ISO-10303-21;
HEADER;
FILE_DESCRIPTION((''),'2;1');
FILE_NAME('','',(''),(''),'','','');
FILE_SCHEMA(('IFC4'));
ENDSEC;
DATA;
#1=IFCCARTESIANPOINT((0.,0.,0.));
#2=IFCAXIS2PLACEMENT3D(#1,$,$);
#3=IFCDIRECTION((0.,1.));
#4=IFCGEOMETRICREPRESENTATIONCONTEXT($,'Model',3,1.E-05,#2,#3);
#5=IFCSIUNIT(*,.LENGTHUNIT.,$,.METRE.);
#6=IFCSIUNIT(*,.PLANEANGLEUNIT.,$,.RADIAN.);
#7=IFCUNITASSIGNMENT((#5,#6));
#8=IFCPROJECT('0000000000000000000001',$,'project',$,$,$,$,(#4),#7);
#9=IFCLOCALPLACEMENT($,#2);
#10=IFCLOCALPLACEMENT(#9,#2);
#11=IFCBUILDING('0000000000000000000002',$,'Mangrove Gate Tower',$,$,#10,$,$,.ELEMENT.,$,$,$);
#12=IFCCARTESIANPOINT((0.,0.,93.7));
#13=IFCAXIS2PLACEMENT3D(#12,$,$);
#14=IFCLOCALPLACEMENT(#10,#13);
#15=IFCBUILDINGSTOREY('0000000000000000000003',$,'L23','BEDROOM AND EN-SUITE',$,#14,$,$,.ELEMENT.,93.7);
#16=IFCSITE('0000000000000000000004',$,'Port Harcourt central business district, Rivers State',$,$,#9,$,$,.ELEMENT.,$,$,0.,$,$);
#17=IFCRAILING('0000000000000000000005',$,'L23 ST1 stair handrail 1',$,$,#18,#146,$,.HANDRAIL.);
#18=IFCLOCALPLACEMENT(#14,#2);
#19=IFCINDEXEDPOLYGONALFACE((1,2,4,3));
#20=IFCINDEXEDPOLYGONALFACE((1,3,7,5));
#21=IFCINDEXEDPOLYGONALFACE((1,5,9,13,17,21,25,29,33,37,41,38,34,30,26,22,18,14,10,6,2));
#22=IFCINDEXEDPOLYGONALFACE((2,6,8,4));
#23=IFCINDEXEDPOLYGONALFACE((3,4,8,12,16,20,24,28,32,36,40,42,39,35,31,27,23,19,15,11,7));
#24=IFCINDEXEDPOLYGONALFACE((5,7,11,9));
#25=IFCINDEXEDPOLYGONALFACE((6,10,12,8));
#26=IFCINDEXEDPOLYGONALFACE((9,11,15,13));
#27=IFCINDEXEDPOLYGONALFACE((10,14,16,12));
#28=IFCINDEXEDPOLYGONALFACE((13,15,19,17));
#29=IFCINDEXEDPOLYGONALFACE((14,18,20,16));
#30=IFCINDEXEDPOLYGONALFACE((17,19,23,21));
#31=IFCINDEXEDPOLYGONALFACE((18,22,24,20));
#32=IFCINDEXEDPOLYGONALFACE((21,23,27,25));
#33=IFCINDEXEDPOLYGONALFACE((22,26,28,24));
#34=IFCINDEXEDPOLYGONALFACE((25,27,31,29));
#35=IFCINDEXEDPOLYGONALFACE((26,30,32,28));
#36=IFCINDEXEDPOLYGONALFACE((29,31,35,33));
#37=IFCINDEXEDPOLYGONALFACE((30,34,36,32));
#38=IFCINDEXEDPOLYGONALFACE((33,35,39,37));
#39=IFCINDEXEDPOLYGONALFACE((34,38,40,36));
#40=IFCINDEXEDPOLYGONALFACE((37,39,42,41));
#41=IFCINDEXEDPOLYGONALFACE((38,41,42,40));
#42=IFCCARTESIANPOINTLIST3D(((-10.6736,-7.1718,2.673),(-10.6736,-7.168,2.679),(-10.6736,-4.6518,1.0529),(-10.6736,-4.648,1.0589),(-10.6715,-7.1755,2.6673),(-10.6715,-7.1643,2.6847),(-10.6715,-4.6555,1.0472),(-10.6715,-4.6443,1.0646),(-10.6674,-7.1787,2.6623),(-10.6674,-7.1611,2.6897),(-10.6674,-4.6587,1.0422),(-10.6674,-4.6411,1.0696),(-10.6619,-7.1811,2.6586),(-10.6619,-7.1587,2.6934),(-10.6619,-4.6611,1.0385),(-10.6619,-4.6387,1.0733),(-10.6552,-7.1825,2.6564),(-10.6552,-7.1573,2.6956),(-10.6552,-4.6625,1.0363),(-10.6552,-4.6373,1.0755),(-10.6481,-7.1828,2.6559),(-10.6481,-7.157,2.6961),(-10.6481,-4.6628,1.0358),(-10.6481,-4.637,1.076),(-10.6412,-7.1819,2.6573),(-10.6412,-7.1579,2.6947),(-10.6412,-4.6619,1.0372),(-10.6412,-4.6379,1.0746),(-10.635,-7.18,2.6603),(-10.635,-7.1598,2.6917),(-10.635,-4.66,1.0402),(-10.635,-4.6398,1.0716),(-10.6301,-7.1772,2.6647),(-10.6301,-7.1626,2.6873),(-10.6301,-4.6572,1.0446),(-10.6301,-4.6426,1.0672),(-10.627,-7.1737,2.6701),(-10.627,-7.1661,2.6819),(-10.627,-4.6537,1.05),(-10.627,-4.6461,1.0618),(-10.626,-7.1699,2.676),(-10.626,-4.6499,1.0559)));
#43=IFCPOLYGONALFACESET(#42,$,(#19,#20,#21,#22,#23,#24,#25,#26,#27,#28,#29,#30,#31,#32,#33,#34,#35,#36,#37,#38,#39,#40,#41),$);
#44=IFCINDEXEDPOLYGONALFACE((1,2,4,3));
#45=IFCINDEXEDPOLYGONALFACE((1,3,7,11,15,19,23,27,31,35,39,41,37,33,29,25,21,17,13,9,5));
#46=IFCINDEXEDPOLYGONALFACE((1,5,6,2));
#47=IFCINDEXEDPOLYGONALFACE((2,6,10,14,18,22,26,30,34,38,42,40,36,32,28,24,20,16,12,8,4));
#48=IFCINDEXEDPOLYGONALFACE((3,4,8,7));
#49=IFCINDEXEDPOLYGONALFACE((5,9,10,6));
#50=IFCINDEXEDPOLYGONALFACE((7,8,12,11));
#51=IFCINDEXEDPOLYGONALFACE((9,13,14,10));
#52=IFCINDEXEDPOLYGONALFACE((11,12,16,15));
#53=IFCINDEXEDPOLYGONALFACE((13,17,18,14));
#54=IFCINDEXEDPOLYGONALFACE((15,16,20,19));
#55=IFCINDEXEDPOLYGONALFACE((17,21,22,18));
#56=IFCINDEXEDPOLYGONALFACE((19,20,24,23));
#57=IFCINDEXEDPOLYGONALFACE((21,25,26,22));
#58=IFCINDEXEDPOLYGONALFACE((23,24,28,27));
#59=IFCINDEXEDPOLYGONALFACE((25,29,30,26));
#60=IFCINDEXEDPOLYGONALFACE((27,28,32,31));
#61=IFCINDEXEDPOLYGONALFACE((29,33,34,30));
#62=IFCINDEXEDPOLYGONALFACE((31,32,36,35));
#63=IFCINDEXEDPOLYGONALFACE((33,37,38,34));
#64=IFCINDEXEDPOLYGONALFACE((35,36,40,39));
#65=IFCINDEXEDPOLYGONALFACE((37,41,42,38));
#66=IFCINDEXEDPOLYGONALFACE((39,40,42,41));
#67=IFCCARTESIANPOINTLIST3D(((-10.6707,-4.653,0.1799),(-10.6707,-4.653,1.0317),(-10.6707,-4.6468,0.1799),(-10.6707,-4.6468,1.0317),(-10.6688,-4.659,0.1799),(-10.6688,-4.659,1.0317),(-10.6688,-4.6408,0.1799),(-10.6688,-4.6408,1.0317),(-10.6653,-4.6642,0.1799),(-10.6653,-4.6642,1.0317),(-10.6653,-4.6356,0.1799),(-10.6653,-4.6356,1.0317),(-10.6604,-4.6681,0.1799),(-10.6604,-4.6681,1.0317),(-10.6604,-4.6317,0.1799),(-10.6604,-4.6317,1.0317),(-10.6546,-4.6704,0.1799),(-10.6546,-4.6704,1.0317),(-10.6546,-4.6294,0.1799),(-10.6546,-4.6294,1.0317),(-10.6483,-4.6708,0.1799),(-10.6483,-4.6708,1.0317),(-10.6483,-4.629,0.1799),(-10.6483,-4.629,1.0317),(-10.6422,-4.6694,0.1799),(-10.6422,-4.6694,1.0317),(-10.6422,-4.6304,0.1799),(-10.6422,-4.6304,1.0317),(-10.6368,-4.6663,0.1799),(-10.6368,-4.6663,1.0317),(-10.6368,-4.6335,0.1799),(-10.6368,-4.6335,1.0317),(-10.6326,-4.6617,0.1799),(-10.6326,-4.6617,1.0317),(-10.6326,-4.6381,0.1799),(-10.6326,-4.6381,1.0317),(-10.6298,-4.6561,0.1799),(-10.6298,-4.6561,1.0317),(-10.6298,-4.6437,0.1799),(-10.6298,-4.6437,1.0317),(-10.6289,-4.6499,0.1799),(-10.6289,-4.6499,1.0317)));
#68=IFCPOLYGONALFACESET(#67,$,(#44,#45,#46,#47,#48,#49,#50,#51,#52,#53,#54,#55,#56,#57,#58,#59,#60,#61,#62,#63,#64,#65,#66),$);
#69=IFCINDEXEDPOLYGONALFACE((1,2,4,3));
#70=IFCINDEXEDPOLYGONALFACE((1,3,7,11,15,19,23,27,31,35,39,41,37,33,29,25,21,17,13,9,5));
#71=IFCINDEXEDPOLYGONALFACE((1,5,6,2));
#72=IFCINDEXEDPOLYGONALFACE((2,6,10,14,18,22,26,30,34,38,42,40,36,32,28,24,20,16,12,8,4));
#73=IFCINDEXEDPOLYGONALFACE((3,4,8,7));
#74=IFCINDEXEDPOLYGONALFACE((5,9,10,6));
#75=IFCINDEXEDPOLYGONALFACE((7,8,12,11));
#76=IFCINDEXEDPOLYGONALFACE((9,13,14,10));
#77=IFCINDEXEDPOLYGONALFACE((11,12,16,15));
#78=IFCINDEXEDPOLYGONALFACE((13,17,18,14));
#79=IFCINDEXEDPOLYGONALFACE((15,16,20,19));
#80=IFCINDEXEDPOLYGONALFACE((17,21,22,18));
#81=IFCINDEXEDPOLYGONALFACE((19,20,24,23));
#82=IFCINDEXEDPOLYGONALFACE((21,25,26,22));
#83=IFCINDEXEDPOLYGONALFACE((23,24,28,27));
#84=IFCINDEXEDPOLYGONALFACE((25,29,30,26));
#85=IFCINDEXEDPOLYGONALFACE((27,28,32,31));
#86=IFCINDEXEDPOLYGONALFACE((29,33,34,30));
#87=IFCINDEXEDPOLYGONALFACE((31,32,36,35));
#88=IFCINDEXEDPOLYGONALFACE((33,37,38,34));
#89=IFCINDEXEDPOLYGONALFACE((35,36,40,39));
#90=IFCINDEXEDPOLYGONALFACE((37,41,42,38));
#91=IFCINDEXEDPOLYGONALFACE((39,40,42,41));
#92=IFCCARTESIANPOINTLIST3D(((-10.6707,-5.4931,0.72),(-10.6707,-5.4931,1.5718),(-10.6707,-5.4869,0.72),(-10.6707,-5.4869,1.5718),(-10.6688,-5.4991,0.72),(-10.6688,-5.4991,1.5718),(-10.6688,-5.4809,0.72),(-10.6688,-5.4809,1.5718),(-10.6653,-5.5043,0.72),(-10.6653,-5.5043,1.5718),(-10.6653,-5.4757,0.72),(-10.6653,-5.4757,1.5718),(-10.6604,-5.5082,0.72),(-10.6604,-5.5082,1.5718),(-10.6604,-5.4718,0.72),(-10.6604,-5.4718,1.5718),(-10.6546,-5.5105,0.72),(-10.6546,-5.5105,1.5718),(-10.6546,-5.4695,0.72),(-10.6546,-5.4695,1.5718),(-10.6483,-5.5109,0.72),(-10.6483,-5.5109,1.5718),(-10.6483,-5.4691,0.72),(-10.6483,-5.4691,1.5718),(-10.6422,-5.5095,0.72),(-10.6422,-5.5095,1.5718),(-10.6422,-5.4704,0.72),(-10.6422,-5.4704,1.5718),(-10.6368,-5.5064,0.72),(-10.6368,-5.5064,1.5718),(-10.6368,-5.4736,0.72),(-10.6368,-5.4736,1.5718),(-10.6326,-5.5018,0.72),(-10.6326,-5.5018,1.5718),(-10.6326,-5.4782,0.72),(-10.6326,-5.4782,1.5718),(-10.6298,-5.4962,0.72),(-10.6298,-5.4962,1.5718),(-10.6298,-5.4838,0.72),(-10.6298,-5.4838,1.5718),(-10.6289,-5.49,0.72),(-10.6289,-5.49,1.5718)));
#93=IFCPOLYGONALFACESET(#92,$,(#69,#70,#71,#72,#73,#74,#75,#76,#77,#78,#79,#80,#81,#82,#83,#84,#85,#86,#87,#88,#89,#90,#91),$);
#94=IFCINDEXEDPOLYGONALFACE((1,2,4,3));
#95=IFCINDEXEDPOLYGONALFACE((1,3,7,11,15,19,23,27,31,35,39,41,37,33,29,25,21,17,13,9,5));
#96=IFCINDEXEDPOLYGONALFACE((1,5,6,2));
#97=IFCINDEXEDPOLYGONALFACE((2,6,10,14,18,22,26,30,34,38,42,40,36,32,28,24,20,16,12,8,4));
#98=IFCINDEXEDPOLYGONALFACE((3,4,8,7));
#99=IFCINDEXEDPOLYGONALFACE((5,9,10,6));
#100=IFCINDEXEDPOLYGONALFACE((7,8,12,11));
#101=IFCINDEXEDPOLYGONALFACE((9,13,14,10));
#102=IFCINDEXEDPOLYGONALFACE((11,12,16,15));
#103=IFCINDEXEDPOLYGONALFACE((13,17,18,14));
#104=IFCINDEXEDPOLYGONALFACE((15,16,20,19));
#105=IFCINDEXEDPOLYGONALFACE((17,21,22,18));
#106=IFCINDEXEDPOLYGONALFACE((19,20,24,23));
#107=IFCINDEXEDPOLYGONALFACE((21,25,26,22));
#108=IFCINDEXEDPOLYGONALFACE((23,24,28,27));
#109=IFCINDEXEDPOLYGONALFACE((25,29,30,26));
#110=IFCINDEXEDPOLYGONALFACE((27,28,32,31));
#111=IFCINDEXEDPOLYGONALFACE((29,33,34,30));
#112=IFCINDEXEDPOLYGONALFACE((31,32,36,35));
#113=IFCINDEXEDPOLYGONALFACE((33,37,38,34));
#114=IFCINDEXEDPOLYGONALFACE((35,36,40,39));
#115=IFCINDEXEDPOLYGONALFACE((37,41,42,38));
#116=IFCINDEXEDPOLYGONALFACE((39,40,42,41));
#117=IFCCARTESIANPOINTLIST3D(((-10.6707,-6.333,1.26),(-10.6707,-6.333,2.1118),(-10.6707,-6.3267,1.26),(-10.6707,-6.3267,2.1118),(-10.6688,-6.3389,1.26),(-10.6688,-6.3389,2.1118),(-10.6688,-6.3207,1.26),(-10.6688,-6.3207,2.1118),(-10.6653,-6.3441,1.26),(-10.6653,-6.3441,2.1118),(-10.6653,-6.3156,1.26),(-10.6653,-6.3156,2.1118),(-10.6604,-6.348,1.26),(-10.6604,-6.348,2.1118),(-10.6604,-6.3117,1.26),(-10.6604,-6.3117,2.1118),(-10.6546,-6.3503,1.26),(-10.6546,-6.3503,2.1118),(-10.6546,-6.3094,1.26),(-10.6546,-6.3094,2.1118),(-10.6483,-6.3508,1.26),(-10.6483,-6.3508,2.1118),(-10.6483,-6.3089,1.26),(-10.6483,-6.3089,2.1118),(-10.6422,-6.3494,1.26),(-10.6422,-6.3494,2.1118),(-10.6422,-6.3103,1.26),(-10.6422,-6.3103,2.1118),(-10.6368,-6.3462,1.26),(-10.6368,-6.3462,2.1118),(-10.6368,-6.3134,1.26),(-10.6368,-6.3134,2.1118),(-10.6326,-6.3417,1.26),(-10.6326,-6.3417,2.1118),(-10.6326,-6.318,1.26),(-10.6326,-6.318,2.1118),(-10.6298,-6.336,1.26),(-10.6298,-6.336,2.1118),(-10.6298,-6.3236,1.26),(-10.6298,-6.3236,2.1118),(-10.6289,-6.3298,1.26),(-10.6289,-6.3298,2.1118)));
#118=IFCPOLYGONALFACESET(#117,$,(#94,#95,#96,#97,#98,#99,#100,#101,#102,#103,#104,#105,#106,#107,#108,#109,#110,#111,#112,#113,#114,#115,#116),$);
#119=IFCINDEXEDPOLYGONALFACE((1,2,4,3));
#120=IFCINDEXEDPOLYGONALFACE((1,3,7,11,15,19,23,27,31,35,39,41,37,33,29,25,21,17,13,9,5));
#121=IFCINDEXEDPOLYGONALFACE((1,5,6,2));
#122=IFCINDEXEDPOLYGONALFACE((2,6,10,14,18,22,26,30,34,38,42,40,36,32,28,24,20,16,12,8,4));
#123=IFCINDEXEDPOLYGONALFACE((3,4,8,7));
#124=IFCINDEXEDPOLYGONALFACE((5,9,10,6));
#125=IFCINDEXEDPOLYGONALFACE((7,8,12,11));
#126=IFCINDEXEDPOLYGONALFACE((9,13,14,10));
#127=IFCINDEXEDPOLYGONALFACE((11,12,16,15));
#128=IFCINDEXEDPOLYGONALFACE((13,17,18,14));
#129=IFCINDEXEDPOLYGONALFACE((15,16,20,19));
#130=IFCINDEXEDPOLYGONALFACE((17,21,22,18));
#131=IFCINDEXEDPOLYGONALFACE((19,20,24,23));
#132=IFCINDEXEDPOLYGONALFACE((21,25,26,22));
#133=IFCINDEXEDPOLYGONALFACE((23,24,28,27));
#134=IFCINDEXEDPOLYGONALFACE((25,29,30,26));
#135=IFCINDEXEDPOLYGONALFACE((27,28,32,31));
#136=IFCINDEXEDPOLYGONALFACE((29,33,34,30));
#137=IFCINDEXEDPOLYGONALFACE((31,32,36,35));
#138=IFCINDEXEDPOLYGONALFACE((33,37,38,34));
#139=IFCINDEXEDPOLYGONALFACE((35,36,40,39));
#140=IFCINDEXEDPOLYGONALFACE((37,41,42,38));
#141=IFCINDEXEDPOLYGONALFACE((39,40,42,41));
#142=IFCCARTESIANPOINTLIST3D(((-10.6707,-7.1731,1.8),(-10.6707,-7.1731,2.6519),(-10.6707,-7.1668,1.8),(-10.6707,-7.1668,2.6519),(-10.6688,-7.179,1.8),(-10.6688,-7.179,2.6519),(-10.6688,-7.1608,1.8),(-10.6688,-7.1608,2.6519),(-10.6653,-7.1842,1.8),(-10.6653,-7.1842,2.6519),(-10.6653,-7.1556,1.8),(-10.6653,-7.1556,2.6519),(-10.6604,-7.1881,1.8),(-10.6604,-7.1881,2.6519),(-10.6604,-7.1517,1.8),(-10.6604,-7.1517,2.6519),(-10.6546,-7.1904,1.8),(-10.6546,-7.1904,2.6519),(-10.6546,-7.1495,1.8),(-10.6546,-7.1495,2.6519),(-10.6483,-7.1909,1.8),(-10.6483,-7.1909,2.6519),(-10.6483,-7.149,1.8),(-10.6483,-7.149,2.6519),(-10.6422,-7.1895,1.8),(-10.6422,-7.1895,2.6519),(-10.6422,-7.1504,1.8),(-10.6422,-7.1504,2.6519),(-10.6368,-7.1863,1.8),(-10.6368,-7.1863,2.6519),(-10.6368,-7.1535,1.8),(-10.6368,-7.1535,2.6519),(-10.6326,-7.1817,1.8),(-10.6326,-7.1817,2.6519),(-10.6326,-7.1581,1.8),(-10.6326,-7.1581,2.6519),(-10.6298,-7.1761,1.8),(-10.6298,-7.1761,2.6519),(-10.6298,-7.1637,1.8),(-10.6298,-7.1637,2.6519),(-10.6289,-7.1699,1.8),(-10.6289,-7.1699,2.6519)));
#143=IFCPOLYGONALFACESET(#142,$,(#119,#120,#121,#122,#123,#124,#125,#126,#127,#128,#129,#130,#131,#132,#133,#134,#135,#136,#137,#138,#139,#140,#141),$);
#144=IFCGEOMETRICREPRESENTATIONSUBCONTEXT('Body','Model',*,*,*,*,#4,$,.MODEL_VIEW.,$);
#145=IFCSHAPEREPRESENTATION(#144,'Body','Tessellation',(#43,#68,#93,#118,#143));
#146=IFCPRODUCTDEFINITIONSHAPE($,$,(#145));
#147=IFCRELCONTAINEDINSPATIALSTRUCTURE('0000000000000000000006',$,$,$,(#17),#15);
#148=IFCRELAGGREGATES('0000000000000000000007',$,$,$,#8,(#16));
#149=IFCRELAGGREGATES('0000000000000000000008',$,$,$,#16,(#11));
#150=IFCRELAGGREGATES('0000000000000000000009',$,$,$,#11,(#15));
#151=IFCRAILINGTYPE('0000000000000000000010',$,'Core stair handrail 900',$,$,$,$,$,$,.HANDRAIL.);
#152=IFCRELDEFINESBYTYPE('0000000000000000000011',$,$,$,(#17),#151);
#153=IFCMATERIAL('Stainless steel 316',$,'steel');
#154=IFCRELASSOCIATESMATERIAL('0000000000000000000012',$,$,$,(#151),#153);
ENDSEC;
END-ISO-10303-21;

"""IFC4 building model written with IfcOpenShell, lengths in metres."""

from ifc_helpers import new_model, si_unit, direction, frame, origin, origin_2d, place, context, subcontext, project, spatial, circle, extrude, material, type_object, element, save


model = new_model("IFC4")

# Units and contexts
model_context = context("Model", 3, precision=1e-05, world=origin(), true_north=direction((0.0, 1.0)))
body_context = subcontext(model_context, "Body", "Model", "MODEL_VIEW")
ifc_project = project(units=[si_unit("LENGTHUNIT", "METRE"), si_unit("PLANEANGLEUNIT", "RADIAN")], contexts=[model_context])

# Site, building, storey
site_placement = place(None, origin())
site = spatial("IfcSite", under=ifc_project, at=site_placement, Name="Port Harcourt central business district, Rivers State", CompositionType="ELEMENT", RefElevation=0.0)
building_placement = place(site_placement, origin())
building = spatial("IfcBuilding", under=site, at=building_placement, Name="Mangrove Gate Tower", CompositionType="ELEMENT")
storey_placement = place(building_placement, frame((0.0, 0.0, 93.7)))
storey = spatial("IfcBuildingStorey", under=building, at=storey_placement, Name="L23", Description="BEDROOM AND EN-SUITE", CompositionType="ELEMENT", Elevation=93.7)

# Railing
ifc_material_1 = material(Name="Stainless steel 316", Category="steel")
railing_type_1 = type_object("IfcRailingType", Name="Core stair handrail 900", PredefinedType="HANDRAIL", material=ifc_material_1)
railing_1_placement = place(storey_placement, frame((-10.6499, -4.6499, 0.1799)))
element("IfcRailing", 1, at=railing_1_placement, inside=storey, type_object=railing_type_1, Name="L23 ST1 stair handrail 1", PredefinedType="HANDRAIL", context=body_context, shape_type="SweptSolid", body=[
    extrude(circle(Radius=0.0239, at=origin_2d()), frame((0.0, 0.0, 0.876), z_axis=(0.0, -0.841163, 0.540782), x_axis=(1.0, 0.0, 0.0)), (0.0, 0.0, 1.0), 2.9958),
    extrude(circle(Radius=0.021, at=origin_2d()), origin(), (0.0, 0.0, 1.0), 0.8518),
    extrude(circle(Radius=0.021, at=origin_2d()), frame((0.0, -0.8401, 0.54)), (0.0, 0.0, 1.0), 0.8518),
    extrude(circle(Radius=0.021, at=origin_2d()), frame((0.0, -1.6799, 1.0801)), (0.0, 0.0, 1.0), 0.8518),
    extrude(circle(Radius=0.021, at=origin_2d()), frame((0.0, -2.52, 1.6201)), (0.0, 0.0, 1.0), 0.8518),
])

save(model, "model.ifc")
